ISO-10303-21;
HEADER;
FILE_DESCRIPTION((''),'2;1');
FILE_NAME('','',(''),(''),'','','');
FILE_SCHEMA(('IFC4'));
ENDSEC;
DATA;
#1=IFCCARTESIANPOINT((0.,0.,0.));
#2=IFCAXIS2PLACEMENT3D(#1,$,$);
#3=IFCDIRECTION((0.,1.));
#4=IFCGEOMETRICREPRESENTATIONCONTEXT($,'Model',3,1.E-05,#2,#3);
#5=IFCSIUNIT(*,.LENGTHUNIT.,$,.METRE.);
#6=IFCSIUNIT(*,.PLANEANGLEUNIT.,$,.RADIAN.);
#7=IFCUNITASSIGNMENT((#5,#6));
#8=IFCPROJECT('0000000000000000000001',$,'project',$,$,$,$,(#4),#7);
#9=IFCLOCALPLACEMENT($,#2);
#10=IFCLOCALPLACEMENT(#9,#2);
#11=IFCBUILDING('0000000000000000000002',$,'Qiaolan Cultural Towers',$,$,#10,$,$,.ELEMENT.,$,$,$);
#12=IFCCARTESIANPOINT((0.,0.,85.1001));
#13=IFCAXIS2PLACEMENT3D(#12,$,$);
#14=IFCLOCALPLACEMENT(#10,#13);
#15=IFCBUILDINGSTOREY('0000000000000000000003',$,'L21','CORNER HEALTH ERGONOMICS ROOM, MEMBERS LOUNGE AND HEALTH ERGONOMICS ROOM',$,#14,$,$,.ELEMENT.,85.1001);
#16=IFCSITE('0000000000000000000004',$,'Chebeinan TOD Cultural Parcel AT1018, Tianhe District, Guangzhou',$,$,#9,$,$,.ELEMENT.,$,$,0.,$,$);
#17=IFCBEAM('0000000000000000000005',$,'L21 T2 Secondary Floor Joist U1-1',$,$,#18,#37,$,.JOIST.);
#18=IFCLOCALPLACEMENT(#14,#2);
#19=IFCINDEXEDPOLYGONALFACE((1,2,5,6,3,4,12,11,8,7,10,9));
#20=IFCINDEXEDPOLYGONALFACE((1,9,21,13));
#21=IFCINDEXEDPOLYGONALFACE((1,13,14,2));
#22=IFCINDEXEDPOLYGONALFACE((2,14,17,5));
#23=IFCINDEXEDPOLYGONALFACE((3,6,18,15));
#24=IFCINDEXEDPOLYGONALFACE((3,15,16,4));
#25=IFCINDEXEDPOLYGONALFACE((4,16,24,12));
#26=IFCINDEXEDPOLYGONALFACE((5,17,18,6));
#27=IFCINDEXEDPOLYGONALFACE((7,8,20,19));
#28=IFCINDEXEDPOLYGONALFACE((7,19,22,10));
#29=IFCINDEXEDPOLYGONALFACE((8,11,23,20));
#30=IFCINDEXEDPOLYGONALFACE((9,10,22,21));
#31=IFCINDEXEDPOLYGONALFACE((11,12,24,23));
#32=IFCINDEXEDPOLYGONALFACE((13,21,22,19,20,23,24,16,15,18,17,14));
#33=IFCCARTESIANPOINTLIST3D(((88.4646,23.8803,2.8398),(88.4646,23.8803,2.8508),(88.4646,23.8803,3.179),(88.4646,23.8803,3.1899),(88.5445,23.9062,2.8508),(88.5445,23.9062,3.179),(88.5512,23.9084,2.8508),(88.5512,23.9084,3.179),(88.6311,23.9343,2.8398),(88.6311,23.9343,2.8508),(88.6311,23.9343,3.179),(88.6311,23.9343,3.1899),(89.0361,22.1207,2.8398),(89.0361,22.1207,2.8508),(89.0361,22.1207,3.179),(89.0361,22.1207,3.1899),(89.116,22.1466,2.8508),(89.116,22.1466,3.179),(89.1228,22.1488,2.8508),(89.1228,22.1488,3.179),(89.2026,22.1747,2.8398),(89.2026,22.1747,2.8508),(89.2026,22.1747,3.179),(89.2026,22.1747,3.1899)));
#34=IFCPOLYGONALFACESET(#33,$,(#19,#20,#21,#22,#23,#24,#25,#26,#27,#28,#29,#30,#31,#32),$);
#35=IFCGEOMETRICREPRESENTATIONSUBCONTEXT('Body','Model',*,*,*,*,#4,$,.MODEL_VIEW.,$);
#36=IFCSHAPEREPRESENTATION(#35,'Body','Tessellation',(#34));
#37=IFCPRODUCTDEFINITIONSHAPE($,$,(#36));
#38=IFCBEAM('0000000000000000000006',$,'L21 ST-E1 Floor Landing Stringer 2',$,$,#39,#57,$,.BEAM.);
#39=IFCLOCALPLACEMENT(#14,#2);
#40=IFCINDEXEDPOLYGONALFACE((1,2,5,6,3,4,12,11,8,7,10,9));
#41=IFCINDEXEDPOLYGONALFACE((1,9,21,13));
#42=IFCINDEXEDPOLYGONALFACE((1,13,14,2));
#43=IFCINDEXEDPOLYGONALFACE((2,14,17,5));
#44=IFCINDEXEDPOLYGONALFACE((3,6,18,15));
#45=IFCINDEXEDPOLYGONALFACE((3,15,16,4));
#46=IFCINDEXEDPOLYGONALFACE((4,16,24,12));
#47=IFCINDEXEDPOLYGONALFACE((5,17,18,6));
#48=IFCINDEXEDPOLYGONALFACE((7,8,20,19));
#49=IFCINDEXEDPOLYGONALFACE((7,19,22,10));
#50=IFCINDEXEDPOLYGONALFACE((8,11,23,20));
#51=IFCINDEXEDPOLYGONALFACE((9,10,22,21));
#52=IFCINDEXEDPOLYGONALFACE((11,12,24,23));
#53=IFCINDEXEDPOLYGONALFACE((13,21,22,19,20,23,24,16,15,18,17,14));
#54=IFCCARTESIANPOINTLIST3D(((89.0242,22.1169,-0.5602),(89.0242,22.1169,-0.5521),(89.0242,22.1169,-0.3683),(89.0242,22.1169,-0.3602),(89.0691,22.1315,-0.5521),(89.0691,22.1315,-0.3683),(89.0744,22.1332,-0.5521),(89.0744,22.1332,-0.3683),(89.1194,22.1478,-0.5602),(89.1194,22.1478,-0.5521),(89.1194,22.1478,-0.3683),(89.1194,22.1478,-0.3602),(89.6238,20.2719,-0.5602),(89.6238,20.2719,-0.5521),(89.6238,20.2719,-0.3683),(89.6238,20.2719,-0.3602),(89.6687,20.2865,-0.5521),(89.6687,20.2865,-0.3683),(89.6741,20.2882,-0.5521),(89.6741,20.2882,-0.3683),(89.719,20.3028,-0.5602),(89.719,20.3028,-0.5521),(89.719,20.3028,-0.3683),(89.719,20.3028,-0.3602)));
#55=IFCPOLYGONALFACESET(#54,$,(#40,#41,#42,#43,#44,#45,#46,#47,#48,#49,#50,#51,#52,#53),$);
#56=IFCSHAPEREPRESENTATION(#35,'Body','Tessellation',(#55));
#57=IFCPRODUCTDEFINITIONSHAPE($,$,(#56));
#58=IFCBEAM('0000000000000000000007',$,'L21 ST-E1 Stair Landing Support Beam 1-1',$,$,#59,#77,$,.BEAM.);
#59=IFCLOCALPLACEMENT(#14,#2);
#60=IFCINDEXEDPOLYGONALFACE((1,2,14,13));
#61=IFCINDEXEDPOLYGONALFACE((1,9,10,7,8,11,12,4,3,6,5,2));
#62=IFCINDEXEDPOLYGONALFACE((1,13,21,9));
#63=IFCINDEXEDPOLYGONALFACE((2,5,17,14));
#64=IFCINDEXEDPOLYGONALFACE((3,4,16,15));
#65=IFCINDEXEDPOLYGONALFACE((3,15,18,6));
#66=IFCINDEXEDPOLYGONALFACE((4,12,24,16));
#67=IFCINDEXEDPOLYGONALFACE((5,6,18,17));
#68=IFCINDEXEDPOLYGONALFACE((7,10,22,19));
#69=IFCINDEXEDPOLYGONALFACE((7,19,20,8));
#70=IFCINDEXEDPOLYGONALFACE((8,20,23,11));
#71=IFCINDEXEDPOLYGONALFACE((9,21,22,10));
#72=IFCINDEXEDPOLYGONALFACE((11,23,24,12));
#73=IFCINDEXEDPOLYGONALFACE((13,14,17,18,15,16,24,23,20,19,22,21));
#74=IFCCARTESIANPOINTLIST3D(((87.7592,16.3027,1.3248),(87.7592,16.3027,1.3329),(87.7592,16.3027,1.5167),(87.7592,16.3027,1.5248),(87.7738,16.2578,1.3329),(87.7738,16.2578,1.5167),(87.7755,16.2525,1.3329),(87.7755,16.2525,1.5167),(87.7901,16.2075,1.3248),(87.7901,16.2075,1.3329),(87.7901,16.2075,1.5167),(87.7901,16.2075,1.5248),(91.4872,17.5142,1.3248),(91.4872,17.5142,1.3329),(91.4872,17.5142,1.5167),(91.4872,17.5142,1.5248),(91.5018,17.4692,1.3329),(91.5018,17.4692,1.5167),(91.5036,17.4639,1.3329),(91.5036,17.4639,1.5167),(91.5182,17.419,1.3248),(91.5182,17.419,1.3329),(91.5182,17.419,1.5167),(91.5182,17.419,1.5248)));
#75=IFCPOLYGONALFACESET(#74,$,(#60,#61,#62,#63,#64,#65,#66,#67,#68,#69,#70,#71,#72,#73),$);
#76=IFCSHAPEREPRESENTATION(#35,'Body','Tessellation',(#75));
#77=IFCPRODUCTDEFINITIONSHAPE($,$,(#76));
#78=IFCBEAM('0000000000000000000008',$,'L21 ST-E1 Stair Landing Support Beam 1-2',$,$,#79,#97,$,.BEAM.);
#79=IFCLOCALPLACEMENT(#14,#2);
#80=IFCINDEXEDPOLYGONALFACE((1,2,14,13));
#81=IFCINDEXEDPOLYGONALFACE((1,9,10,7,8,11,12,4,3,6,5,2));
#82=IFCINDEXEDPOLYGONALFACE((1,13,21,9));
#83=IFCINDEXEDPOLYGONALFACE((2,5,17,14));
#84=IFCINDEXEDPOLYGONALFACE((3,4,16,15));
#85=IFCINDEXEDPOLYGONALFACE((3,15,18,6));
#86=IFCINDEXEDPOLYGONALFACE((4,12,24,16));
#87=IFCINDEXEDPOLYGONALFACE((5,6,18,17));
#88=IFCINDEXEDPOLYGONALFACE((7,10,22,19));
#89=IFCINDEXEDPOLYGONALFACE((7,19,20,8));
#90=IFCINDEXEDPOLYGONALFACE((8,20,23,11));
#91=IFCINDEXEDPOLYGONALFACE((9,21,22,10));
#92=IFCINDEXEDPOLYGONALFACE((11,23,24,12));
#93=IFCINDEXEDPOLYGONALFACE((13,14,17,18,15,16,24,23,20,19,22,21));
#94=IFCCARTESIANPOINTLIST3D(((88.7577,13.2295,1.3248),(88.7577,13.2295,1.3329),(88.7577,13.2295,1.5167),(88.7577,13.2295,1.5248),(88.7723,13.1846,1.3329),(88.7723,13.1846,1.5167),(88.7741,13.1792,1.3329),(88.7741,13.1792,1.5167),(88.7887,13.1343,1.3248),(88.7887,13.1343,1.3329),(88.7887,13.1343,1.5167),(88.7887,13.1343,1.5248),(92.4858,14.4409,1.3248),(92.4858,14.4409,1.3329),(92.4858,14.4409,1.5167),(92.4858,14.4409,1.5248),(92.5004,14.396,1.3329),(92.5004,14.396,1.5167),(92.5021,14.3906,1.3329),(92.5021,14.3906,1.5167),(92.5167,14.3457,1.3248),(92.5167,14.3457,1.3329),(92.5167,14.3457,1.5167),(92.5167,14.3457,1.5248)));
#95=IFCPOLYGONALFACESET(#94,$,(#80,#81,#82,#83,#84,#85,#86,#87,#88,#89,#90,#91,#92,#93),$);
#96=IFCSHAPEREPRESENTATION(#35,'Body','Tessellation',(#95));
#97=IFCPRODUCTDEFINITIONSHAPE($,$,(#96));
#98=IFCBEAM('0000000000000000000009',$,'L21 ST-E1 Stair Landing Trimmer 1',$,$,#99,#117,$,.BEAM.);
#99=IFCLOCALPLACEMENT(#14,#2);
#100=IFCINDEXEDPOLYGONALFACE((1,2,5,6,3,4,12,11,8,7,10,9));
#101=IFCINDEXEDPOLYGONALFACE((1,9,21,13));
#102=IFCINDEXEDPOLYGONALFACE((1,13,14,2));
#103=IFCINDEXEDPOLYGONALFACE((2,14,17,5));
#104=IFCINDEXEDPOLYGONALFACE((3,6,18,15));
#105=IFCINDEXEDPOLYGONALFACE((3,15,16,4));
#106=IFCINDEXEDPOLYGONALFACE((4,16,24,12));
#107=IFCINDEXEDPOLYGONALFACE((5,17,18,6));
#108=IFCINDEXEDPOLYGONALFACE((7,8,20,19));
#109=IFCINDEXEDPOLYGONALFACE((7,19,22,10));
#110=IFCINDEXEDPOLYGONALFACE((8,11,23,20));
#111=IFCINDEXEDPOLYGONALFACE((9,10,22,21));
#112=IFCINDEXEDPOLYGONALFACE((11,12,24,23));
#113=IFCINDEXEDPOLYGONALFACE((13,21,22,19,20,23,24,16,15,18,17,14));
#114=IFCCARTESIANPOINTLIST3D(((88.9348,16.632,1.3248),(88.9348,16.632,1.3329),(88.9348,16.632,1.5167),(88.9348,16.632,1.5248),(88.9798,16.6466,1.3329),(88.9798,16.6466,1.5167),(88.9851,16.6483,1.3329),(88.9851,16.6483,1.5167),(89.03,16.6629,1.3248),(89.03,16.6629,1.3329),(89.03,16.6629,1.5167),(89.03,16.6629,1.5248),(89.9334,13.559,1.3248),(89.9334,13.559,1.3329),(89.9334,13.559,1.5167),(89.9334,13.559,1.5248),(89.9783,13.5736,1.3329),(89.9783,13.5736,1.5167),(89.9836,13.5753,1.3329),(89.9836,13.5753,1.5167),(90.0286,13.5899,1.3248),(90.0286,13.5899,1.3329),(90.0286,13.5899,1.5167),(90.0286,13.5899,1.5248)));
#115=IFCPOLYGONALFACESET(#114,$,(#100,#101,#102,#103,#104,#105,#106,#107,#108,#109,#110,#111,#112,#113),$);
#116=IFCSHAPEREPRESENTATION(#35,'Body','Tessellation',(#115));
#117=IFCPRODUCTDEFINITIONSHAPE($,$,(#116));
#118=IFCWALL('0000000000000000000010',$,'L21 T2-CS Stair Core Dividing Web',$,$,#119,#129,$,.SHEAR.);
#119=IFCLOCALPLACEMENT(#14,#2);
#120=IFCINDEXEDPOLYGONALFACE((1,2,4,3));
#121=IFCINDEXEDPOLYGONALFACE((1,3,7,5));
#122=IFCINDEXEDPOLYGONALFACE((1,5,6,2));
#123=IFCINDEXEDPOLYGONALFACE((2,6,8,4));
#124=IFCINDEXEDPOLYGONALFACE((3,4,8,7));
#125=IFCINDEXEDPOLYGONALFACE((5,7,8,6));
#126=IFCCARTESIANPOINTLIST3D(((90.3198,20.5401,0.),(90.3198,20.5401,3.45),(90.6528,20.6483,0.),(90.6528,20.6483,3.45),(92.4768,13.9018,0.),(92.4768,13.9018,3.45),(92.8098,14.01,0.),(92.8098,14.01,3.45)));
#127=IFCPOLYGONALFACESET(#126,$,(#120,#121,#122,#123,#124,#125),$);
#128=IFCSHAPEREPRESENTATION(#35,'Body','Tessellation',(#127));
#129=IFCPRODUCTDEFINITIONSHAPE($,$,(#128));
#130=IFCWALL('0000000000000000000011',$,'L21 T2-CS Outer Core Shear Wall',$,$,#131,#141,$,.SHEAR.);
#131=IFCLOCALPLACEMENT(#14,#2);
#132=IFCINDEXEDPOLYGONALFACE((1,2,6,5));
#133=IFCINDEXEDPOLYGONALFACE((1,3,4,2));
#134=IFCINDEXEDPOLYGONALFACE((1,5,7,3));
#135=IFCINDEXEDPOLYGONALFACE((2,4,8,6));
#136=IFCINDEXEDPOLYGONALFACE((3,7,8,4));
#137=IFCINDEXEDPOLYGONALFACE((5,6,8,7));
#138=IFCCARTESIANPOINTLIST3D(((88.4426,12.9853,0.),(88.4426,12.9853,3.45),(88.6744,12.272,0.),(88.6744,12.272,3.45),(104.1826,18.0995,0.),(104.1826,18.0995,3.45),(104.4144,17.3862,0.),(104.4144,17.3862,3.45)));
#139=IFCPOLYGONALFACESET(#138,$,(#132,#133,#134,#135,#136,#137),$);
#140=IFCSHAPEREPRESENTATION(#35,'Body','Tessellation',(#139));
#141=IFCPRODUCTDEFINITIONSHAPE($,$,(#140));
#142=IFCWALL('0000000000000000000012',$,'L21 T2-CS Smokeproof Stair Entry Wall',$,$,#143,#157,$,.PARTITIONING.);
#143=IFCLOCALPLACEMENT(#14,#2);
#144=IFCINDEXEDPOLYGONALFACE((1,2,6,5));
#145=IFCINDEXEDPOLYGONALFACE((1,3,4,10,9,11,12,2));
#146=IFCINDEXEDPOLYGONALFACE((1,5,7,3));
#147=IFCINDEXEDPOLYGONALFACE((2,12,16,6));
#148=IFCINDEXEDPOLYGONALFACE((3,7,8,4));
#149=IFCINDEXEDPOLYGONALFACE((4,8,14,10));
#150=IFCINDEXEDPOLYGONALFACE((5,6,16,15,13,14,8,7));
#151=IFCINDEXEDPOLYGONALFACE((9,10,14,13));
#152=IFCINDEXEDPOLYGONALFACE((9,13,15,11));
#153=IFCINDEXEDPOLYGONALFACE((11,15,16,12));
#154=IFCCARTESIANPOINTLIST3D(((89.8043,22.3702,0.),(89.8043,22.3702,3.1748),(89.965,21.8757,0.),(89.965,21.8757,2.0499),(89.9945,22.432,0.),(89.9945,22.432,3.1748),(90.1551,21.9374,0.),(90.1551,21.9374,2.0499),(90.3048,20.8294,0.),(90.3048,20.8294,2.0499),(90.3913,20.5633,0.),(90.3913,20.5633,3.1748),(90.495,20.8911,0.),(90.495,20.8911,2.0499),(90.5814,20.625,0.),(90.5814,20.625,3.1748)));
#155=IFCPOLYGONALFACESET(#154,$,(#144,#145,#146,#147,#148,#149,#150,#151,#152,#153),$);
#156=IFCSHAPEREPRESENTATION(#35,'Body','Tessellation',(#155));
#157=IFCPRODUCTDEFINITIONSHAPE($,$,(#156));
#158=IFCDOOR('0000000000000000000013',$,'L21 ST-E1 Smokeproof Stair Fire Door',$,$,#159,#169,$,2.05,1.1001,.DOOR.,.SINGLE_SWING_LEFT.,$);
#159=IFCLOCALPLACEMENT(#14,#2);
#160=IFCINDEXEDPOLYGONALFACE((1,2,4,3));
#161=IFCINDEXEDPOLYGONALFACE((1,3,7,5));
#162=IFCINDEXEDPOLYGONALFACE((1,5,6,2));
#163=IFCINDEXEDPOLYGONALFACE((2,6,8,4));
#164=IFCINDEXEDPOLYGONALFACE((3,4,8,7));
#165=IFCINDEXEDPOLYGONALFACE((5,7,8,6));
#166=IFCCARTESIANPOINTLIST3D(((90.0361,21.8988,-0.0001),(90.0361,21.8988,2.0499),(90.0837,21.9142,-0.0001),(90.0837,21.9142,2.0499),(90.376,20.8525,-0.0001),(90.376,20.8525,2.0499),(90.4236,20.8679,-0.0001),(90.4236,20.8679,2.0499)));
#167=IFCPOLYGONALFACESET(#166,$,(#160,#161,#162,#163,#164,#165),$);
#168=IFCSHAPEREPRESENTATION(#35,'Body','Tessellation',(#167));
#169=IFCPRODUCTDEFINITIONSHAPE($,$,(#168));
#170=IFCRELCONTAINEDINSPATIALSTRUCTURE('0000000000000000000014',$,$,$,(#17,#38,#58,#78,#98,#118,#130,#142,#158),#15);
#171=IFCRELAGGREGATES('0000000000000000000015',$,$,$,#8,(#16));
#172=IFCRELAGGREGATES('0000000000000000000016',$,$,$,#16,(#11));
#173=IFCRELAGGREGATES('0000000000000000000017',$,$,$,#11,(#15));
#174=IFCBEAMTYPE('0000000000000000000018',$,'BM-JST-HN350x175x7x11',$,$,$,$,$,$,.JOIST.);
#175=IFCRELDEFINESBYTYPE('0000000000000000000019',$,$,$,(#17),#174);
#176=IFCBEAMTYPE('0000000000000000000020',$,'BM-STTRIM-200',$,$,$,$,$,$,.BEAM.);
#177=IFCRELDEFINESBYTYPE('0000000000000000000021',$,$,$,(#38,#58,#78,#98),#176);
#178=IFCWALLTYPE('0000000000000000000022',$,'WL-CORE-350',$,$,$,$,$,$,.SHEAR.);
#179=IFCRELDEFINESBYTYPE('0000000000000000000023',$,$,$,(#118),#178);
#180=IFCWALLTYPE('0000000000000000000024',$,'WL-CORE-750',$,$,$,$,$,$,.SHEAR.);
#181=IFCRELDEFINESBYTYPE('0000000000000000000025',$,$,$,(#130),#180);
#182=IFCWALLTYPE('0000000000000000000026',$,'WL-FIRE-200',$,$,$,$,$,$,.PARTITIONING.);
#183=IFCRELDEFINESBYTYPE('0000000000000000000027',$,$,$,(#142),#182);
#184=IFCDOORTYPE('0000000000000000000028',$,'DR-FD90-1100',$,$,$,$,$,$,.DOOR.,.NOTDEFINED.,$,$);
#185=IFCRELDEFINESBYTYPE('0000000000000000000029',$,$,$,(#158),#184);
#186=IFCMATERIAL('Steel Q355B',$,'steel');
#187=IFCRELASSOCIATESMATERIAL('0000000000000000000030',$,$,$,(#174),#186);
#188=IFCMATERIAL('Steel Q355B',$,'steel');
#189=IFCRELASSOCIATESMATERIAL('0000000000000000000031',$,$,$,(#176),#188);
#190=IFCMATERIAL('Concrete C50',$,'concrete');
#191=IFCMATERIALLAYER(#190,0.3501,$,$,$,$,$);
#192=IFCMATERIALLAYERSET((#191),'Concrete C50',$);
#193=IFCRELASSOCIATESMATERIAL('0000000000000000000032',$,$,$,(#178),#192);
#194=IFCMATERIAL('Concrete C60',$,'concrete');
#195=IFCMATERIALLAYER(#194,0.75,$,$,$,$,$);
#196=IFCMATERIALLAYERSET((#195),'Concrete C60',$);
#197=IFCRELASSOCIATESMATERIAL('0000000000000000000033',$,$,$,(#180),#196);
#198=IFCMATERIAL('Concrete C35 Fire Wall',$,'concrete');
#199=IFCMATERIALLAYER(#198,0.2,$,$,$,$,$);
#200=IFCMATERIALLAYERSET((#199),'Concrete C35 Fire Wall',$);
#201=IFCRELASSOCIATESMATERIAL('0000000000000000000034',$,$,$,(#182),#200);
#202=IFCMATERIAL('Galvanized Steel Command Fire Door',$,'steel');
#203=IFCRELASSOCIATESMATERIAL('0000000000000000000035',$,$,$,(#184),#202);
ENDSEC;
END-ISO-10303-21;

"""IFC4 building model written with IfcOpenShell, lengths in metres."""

from ifc_helpers import new_model, si_unit, direction, frame, frame_2d, origin, origin_2d, place, context, subcontext, project, spatial, rectangle, i_section, extrude, material, layer, layer_set, material_profile, profile_set, type_object, element, fill, save


model = new_model("IFC4")

# Units and contexts
model_context = context("Model", 3, precision=1e-05, world=origin(), true_north=direction((0.0, 1.0)))
body_context = subcontext(model_context, "Body", "Model", "MODEL_VIEW")
ifc_project = project(units=[si_unit("LENGTHUNIT", "METRE"), si_unit("PLANEANGLEUNIT", "RADIAN")], contexts=[model_context])

# Site, building, storey
site_placement = place(None, origin())
site = spatial("IfcSite", under=ifc_project, at=site_placement, Name="Chebeinan TOD Cultural Parcel AT1018, Tianhe District, Guangzhou", CompositionType="ELEMENT", RefElevation=0.0)
building_placement = place(site_placement, origin())
building = spatial("IfcBuilding", under=site, at=building_placement, Name="Qiaolan Cultural Towers", CompositionType="ELEMENT")
storey_placement = place(building_placement, frame((0.0, 0.0, 85.1001)))
storey = spatial("IfcBuildingStorey", under=building, at=storey_placement, Name="L21", Description="CORNER HEALTH ERGONOMICS ROOM, MEMBERS LOUNGE AND HEALTH ERGONOMICS ROOM", CompositionType="ELEMENT", Elevation=85.1001)

# Beams
ifc_material_1 = material(Name="Steel Q355B", Category="steel")
ifc_material_profile_1 = material_profile(ifc_material_1, i_section(OverallWidth=0.175, OverallDepth=0.3501, WebThickness=0.0071, FlangeThickness=0.011, at=origin_2d()), Name="HN350x175x7x11")
ifc_profile_set_1 = profile_set([ifc_material_profile_1], Name="Steel Q355B")
beam_type_1 = type_object("IfcBeamType", Name="BM-JST-HN350x175x7x11", PredefinedType="JOIST", material=ifc_profile_set_1)
beam_1_placement = place(storey_placement, frame((89.1194, 22.1477, 3.0149), z_axis=(-0.308934, 0.951084, 0.0), x_axis=(-0.951084, -0.308934, 0.0)))
element("IfcBeam", 1, at=beam_1_placement, inside=storey, type_object=beam_type_1, Name="L21 T2 Secondary Floor Joist U1-1", PredefinedType="JOIST", context=body_context, shape_type="SweptSolid", body=[
    extrude(i_section(OverallWidth=0.175, OverallDepth=0.3501, WebThickness=0.0071, FlangeThickness=0.011, at=origin_2d()), origin(), (0.0, 0.0, 1.0), 1.8501),
])
ifc_material_2 = material(Name="Steel Q355B", Category="steel")
ifc_material_profile_2 = material_profile(ifc_material_2, i_section(OverallWidth=0.1001, OverallDepth=0.2, WebThickness=0.0056, FlangeThickness=0.0081, at=origin_2d()), Name="HN200x100x5.5x8")
ifc_profile_set_2 = profile_set([ifc_material_profile_2], Name="Steel Q355B")
beam_type_2 = type_object("IfcBeamType", Name="BM-STTRIM-200", PredefinedType="BEAM", material=ifc_profile_set_2)
beam_2_placement = place(storey_placement, frame((89.0718, 22.1323, -0.4602), z_axis=(0.309083, -0.951035, 0.0), x_axis=(0.951035, 0.309083, 0.0)))
element("IfcBeam", 2, at=beam_2_placement, inside=storey, type_object=beam_type_2, Name="L21 ST-E1 Floor Landing Stringer 2", PredefinedType="BEAM", context=body_context, shape_type="SweptSolid", body=[
    extrude(i_section(OverallWidth=0.1001, OverallDepth=0.2, WebThickness=0.0056, FlangeThickness=0.0081, at=origin_2d()), origin(), (0.0, 0.0, 1.0), 1.9399),
])
for number, where, z_axis, x_axis, name in (
    (3, (87.7747, 16.2551, 1.4248), (0.951048, 0.309044, 0.0), (-0.309044, 0.951048, 0.0), "L21 ST-E1 Stair Landing Support Beam 1-1"),
    (4, (88.7732, 13.1819, 1.4248), (0.951048, 0.309044, 0.0), (-0.309044, 0.951048, 0.0), "L21 ST-E1 Stair Landing Support Beam 1-2"),
):
    element("IfcBeam", number, at=place(storey_placement, frame(where, z_axis=z_axis, x_axis=x_axis)), inside=storey, type_object=beam_type_2, Name=name, PredefinedType="BEAM", context=body_context, shape_type="SweptSolid", body=[
        extrude(i_section(OverallWidth=0.1001, OverallDepth=0.2, WebThickness=0.0056, FlangeThickness=0.0081, at=origin_2d()), origin(), (0.0, 0.0, 1.0), 3.9199),
    ])
beam_3_placement = place(storey_placement, frame((88.9824, 16.6475, 1.4248), z_axis=(0.309033, -0.951051, 0.0), x_axis=(0.951051, 0.309033, 0.0)))
element("IfcBeam", 5, at=beam_3_placement, inside=storey, type_object=beam_type_2, Name="L21 ST-E1 Stair Landing Trimmer 1", PredefinedType="BEAM", context=body_context, shape_type="SweptSolid", body=[
    extrude(i_section(OverallWidth=0.1001, OverallDepth=0.2, WebThickness=0.0056, FlangeThickness=0.0081, at=origin_2d()), origin(), (0.0, 0.0, 1.0), 3.2312),
])

# Walls
ifc_material_3 = material(Name="Concrete C50", Category="concrete")
ifc_layer_1 = layer(ifc_material_3, 0.3501)
ifc_layer_set_1 = layer_set([ifc_layer_1], Name="Concrete C50")
wall_type_1 = type_object("IfcWallType", Name="WL-CORE-350", PredefinedType="SHEAR", material=ifc_layer_set_1)
wall_1_placement = place(storey_placement, frame((90.4863, 20.5942, 0.0), z_axis=(0.0, 0.0, 1.0), x_axis=(0.30902, -0.951055, 0.0)))
element("IfcWall", 6, at=wall_1_placement, inside=storey, type_object=wall_type_1, Name="L21 T2-CS Stair Core Dividing Web", PredefinedType="SHEAR", context=body_context, shape_type="SweptSolid", body=[
    extrude(rectangle(XDim=6.98, YDim=0.3501, at=frame_2d((3.49, 0.0))), origin(), (0.0, 0.0, 1.0), 3.45),
])
ifc_material_4 = material(Name="Concrete C60", Category="concrete")
ifc_layer_2 = layer(ifc_material_4, 0.75)
ifc_layer_set_2 = layer_set([ifc_layer_2], Name="Concrete C60")
wall_type_2 = type_object("IfcWallType", Name="WL-CORE-750", PredefinedType="SHEAR", material=ifc_layer_set_2)
wall_2_placement = place(storey_placement, frame((88.5586, 12.6287, 0.0), z_axis=(0.0, 0.0, 1.0), x_axis=(0.951056, 0.309018, 0.0)))
element("IfcWall", 7, at=wall_2_placement, inside=storey, type_object=wall_type_2, Name="L21 T2-CS Outer Core Shear Wall", PredefinedType="SHEAR", context=body_context, shape_type="SweptSolid", body=[
    extrude(rectangle(XDim=16.55, YDim=0.75, at=frame_2d((8.2749, 0.0))), origin(), (0.0, 0.0, 1.0), 3.45),
])

# Wall, opening, door
ifc_material_5 = material(Name="Concrete C35 Fire Wall", Category="concrete")
ifc_layer_3 = layer(ifc_material_5, 0.2)
ifc_layer_set_3 = layer_set([ifc_layer_3], Name="Concrete C35 Fire Wall")
wall_type_3 = type_object("IfcWallType", Name="WL-FIRE-200", PredefinedType="PARTITIONING", material=ifc_layer_set_3)
wall_3_placement = place(storey_placement, frame((89.8994, 22.4011, 0.0), z_axis=(0.0, 0.0, 1.0), x_axis=(0.308932, -0.951084, 0.0)))
wall_3 = element("IfcWall", 8, at=wall_3_placement, inside=storey, type_object=wall_type_3, Name="L21 T2-CS Smokeproof Stair Entry Wall", PredefinedType="PARTITIONING", context=body_context, shape_type="SweptSolid", body=[
    extrude(rectangle(XDim=1.8999, YDim=0.2, at=frame_2d((0.95, 0.0))), origin(), (0.0, 0.0, 1.0), 3.1748),
])
opening_1_placement = place(wall_3_placement, frame((0.52, 0.0, 0.0)))
opening_1 = element("IfcOpeningElement", 9, at=opening_1_placement, cuts=wall_3, PredefinedType="OPENING", context=body_context, shape_type="SweptSolid", body=[
    extrude(rectangle(XDim=1.1001, YDim=2.05, at=frame_2d((0.55, 1.0249))), frame((0.0, 0.1099, 0.0), z_axis=(0.0, -1.0, 0.0), x_axis=(1.0, 0.0, 0.0)), (0.0, 0.0, 1.0), 0.22),
])
ifc_material_6 = material(Name="Galvanized Steel Command Fire Door", Category="steel")
door_type_1 = type_object("IfcDoorType", Name="DR-FD90-1100", OperationType="NOTDEFINED", PredefinedType="DOOR", material=ifc_material_6)
door_1_placement = place(opening_1_placement, origin())
door_1 = element("IfcDoor", 10, at=door_1_placement, inside=storey, type_object=door_type_1, Name="L21 ST-E1 Smokeproof Stair Fire Door", OperationType="SINGLE_SWING_LEFT", OverallHeight=2.05, OverallWidth=1.1001, PredefinedType="DOOR", context=body_context, shape_type="SweptSolid", body=[
    extrude(rectangle(XDim=1.1001, YDim=2.05, at=frame_2d((0.55, 1.0249))), frame((0.0, 0.0249, 0.0), z_axis=(0.0, -1.0, 0.0), x_axis=(1.0, 0.0, 0.0)), (0.0, 0.0, 1.0), 0.05),
])
fill(opening_1, door_1)

save(model, "model.ifc")
